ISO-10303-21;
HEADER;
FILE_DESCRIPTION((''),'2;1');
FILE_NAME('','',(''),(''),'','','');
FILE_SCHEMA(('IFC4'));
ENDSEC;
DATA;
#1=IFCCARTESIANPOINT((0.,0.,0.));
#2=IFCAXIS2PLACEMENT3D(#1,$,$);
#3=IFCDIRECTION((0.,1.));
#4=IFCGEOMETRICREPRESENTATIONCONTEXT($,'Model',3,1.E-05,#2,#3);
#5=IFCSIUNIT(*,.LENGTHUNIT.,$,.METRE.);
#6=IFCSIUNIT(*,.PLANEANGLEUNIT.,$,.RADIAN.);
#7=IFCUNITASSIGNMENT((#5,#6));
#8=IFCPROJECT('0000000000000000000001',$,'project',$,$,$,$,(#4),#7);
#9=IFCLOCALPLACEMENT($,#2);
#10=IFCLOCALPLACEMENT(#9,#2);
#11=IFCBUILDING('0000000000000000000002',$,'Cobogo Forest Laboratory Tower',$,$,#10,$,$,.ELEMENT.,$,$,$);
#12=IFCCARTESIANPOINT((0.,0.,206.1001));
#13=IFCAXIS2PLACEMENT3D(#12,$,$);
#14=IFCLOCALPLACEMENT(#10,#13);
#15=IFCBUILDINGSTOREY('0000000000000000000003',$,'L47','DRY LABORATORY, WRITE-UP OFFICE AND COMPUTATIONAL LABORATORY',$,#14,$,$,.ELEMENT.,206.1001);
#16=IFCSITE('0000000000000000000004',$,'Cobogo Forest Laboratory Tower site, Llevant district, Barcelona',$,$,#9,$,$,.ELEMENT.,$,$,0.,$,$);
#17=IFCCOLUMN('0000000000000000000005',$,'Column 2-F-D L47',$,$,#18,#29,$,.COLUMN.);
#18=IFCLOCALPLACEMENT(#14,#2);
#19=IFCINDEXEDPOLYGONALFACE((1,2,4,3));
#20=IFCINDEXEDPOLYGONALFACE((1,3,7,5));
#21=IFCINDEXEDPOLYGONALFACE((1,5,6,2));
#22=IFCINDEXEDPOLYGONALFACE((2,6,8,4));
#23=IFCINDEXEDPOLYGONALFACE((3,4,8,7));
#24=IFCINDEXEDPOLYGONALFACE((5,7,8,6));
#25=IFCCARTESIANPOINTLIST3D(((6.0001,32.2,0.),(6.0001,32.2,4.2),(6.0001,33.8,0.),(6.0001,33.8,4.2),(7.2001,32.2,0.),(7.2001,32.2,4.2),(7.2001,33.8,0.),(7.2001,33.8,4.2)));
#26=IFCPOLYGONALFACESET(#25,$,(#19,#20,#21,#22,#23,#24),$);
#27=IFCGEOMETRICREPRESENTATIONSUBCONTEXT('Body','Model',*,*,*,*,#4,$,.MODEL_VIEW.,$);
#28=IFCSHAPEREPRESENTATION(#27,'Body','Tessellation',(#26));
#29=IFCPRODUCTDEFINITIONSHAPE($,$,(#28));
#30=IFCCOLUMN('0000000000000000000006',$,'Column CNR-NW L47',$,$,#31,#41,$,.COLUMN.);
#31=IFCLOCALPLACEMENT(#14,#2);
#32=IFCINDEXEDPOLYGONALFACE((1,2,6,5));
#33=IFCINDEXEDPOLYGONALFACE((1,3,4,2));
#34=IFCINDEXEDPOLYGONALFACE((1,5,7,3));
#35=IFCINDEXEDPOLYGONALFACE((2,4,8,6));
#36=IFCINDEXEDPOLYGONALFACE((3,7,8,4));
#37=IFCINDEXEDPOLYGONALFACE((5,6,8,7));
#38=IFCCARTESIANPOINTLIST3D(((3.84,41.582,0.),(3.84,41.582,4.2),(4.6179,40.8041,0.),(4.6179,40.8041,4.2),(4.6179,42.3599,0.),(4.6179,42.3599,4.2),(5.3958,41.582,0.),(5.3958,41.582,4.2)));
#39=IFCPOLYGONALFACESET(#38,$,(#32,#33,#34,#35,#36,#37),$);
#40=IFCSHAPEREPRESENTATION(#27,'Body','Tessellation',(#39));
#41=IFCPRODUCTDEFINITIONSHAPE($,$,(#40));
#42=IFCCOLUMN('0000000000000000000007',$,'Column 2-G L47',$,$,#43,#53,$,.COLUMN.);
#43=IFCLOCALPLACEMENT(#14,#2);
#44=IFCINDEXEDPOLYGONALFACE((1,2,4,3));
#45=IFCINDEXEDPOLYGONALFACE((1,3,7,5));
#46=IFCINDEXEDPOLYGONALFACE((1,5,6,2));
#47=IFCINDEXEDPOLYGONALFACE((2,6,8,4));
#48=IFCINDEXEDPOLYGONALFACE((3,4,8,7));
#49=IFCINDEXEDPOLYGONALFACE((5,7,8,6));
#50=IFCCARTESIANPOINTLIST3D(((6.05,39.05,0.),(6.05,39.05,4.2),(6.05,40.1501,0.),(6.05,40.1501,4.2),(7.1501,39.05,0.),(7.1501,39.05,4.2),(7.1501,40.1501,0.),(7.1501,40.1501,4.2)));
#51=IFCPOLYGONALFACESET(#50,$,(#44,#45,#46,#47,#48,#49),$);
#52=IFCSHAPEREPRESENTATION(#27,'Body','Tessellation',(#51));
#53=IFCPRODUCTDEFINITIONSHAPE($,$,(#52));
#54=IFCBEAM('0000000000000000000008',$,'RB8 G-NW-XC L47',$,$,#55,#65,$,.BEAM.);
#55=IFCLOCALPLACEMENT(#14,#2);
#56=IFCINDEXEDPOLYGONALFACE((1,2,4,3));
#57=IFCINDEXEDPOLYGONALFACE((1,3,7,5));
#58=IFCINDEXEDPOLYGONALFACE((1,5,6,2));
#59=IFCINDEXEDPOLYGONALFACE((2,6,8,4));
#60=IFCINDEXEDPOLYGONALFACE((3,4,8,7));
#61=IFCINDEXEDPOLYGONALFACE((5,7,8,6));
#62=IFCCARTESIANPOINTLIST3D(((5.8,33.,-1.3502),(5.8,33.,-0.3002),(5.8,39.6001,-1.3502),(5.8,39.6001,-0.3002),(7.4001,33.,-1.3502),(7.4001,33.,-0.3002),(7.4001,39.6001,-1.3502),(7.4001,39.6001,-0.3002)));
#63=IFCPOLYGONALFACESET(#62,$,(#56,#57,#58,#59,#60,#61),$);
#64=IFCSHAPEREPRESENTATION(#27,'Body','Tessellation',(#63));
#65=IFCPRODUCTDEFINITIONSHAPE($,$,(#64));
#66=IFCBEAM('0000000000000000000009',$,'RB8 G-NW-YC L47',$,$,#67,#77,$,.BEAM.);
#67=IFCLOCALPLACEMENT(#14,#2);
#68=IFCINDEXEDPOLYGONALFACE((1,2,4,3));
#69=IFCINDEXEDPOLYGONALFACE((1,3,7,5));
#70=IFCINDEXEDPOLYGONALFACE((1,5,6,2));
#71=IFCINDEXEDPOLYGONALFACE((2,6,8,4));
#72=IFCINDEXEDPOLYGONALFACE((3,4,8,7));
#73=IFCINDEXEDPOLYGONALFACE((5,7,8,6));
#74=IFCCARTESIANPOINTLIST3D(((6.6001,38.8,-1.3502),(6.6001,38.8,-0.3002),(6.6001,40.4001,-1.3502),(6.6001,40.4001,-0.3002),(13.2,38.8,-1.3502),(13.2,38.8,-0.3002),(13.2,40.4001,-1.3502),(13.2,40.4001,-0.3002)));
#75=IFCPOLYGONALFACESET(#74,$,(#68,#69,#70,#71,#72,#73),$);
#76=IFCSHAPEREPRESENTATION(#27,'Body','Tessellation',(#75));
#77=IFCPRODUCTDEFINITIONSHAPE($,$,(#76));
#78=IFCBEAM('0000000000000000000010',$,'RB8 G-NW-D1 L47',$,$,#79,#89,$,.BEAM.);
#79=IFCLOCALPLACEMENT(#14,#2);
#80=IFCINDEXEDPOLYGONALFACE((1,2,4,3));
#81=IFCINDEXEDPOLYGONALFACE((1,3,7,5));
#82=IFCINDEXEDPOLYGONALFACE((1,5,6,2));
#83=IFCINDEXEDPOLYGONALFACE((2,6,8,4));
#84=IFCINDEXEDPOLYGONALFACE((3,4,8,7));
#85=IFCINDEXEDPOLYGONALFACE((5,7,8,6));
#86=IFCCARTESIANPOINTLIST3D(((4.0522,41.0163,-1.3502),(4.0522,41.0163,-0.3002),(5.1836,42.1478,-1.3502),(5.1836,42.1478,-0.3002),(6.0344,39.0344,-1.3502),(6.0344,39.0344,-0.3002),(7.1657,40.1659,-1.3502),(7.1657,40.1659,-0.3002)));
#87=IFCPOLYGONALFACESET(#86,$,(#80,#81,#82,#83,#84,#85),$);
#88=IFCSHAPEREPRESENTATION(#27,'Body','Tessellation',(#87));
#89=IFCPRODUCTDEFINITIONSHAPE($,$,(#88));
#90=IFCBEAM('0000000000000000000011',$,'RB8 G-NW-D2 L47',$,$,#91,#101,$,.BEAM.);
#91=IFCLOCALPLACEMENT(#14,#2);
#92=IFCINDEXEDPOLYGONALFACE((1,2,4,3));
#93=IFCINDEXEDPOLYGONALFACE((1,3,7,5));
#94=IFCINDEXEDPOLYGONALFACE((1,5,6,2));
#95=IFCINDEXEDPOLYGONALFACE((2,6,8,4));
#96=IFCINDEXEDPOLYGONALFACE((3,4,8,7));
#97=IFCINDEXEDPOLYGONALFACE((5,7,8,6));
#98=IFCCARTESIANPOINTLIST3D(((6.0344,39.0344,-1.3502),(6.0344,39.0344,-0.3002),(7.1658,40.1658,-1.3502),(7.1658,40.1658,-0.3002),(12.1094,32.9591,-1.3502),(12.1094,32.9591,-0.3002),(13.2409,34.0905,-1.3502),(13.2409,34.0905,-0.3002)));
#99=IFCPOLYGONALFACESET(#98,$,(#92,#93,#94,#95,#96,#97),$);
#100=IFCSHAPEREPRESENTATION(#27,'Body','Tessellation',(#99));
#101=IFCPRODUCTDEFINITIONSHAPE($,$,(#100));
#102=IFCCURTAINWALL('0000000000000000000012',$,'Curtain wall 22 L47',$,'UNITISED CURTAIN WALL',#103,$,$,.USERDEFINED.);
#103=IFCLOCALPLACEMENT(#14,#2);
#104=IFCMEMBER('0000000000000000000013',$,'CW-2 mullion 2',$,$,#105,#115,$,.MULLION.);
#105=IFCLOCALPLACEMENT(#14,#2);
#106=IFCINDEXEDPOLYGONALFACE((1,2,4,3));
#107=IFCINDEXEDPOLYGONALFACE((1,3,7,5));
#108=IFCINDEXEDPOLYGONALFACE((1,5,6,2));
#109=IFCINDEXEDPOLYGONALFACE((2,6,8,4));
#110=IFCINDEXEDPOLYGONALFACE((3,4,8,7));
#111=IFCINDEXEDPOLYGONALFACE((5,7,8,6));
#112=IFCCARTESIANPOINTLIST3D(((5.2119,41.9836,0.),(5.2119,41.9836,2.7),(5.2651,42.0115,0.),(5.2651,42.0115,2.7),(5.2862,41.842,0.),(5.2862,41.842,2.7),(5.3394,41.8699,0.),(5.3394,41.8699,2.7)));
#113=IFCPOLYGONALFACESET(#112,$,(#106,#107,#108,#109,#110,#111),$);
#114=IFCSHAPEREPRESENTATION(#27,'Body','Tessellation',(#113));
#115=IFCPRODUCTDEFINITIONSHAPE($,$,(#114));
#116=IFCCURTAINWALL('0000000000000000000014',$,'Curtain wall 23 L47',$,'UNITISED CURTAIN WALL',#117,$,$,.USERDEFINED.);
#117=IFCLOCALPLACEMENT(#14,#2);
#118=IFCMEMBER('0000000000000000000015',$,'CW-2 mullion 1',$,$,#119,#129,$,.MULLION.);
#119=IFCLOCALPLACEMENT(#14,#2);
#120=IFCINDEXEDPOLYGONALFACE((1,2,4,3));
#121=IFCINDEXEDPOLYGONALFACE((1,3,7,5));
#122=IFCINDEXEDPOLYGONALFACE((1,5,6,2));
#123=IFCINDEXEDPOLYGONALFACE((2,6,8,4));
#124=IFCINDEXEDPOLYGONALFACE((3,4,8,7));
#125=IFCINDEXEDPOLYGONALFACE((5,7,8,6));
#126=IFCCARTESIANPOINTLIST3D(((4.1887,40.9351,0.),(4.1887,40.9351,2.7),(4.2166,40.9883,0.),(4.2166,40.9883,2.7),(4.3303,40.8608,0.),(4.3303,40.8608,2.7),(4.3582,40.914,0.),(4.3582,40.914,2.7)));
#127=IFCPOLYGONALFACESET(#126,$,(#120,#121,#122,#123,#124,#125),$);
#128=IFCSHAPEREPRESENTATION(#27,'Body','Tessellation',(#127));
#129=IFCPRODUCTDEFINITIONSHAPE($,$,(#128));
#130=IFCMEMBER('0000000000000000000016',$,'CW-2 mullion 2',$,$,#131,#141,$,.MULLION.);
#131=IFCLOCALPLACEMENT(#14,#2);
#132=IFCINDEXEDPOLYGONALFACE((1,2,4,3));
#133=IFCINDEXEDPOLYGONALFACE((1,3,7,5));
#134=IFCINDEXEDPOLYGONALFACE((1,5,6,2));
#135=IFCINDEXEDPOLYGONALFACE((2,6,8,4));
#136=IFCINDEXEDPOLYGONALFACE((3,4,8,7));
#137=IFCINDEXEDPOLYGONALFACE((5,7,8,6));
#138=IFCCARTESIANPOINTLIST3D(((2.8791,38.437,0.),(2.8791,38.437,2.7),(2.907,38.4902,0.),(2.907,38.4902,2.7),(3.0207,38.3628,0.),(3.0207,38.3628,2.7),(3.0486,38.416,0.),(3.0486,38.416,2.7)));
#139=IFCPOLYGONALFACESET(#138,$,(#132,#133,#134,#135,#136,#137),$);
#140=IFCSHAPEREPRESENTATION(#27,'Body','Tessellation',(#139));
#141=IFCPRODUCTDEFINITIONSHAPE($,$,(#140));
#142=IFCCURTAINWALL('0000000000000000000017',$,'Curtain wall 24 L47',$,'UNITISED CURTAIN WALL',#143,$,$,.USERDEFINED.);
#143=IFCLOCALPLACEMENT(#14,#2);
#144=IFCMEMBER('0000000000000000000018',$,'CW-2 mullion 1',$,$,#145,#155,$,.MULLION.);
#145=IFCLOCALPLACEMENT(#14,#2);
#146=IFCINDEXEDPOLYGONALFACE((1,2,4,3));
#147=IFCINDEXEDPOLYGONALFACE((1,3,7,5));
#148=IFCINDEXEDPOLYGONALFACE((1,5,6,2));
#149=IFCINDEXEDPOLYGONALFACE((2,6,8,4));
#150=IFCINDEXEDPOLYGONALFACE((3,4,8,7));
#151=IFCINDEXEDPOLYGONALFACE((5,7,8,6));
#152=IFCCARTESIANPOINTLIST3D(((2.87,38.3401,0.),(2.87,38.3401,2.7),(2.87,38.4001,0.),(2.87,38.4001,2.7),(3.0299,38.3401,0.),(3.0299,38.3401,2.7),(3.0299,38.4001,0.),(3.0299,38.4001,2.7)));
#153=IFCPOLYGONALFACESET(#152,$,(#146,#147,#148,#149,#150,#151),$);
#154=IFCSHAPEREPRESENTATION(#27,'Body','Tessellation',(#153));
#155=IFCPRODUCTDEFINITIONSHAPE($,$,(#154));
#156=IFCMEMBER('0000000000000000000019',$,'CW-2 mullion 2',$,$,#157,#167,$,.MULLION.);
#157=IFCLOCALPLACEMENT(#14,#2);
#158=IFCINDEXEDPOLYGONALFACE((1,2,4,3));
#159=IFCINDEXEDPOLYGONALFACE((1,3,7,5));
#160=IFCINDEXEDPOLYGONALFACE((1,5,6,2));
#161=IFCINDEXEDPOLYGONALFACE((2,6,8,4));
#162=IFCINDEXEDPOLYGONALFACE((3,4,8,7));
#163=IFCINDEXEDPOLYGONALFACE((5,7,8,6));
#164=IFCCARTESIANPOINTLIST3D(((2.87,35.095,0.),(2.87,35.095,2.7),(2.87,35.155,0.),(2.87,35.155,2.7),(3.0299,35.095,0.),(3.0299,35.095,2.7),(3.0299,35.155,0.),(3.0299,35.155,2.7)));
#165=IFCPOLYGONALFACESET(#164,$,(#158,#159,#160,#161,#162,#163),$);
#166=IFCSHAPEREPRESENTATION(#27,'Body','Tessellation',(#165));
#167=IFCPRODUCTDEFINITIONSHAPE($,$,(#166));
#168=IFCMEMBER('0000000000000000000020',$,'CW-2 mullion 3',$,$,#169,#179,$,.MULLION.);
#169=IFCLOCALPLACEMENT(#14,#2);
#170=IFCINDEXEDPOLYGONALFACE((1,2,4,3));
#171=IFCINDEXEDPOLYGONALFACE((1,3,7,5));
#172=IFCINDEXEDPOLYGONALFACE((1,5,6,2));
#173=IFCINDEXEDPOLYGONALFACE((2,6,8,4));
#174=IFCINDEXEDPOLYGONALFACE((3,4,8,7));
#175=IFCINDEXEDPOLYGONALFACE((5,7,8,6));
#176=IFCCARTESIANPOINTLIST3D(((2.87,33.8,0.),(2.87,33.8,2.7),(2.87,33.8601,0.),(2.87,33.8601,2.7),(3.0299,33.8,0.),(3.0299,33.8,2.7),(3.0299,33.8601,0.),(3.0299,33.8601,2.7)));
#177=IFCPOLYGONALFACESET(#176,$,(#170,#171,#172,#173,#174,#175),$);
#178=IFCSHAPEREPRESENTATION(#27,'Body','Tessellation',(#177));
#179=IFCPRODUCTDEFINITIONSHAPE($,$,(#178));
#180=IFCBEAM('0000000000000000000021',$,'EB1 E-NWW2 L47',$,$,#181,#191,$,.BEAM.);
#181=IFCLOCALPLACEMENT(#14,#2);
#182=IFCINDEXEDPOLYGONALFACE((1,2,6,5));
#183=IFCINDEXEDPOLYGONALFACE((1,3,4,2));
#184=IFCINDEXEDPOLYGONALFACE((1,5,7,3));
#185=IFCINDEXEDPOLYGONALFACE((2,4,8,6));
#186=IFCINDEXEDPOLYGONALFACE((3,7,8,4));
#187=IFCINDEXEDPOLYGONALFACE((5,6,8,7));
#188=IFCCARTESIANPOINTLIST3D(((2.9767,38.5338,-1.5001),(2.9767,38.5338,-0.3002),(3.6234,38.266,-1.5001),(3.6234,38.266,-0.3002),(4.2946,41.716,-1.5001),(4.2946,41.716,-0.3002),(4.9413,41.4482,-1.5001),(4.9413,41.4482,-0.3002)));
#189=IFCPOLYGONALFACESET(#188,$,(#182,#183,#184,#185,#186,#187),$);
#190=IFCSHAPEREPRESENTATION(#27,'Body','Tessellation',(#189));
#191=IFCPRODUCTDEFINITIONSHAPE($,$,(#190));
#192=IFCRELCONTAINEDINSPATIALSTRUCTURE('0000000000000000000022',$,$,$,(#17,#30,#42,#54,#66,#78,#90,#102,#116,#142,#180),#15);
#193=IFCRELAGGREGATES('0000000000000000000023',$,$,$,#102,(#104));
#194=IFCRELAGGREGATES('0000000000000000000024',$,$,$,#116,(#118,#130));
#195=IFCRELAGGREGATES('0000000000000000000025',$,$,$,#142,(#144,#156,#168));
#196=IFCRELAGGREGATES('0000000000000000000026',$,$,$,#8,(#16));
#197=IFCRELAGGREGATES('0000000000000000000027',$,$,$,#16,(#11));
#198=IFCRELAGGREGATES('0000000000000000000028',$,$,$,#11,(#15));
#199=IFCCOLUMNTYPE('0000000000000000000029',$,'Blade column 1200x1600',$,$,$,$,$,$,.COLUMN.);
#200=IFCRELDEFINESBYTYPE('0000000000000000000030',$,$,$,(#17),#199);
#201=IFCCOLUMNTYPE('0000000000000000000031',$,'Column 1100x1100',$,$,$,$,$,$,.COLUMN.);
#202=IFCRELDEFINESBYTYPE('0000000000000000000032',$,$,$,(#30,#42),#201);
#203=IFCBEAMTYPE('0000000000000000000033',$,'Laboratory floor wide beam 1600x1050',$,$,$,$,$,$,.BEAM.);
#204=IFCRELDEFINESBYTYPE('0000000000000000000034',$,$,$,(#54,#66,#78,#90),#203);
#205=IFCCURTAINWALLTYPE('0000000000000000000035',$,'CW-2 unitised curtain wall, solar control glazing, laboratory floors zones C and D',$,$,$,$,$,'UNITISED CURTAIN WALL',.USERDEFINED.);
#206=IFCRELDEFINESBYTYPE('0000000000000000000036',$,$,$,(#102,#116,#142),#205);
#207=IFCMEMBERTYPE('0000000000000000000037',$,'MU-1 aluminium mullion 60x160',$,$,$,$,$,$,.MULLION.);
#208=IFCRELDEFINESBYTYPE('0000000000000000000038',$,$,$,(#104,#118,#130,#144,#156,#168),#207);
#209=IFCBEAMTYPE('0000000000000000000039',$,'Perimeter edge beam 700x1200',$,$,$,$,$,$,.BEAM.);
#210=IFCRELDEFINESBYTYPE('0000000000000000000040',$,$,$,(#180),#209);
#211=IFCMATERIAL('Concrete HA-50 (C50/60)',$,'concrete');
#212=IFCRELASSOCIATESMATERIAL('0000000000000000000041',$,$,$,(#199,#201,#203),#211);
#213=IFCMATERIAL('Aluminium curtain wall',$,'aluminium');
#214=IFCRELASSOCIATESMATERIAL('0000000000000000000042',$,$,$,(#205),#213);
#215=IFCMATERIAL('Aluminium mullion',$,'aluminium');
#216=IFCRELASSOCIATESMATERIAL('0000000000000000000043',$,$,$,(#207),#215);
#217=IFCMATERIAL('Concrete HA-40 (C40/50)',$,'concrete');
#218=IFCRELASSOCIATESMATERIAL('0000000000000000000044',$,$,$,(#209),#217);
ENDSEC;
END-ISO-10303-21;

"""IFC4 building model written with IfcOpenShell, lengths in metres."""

from ifc_helpers import new_model, si_unit, direction, frame, origin, origin_2d, place, context, subcontext, project, spatial, rectangle, extrude, material, material_profile, profile_set, type_object, element, aggregate, save


model = new_model("IFC4")

# Units and contexts
model_context = context("Model", 3, precision=1e-05, world=origin(), true_north=direction((0.0, 1.0)))
body_context = subcontext(model_context, "Body", "Model", "MODEL_VIEW")
ifc_project = project(units=[si_unit("LENGTHUNIT", "METRE"), si_unit("PLANEANGLEUNIT", "RADIAN")], contexts=[model_context])

# Site, building, storey
site_placement = place(None, origin())
site = spatial("IfcSite", under=ifc_project, at=site_placement, Name="Cobogo Forest Laboratory Tower site, Llevant district, Barcelona", CompositionType="ELEMENT", RefElevation=0.0)
building_placement = place(site_placement, origin())
building = spatial("IfcBuilding", under=site, at=building_placement, Name="Cobogo Forest Laboratory Tower", CompositionType="ELEMENT")
storey_placement = place(building_placement, frame((0.0, 0.0, 206.1001)))
storey = spatial("IfcBuildingStorey", under=building, at=storey_placement, Name="L47", Description="DRY LABORATORY, WRITE-UP OFFICE AND COMPUTATIONAL LABORATORY", CompositionType="ELEMENT", Elevation=206.1001)

# Columns
ifc_material_1 = material(Name="Concrete HA-50 (C50/60)", Category="concrete")
ifc_material_profile_1 = material_profile(ifc_material_1, rectangle(XDim=1.6001, YDim=1.2, at=origin_2d()), Name="RC 1200x1600")
ifc_profile_set_1 = profile_set([ifc_material_profile_1], Name="Concrete HA-50 (C50/60)")
column_type_1 = type_object("IfcColumnType", Name="Blade column 1200x1600", PredefinedType="COLUMN", material=ifc_profile_set_1)
column_placement = place(storey_placement, frame((6.6001, 33.0, 0.0), z_axis=(0.0, 0.0, 1.0), x_axis=(0.0, 1.0, 0.0)))
element("IfcColumn", 1, at=column_placement, inside=storey, type_object=column_type_1, Name="Column 2-F-D L47", PredefinedType="COLUMN", context=body_context, shape_type="SweptSolid", body=[
    extrude(rectangle(XDim=1.6001, YDim=1.2, at=origin_2d()), origin(), (0.0, 0.0, 1.0), 4.2),
])
ifc_material_profile_2 = material_profile(ifc_material_1, rectangle(XDim=1.1001, YDim=1.1001, at=origin_2d()), Name="RC 1100x1100")
ifc_profile_set_2 = profile_set([ifc_material_profile_2], Name="Concrete HA-50 (C50/60)")
column_type_2 = type_object("IfcColumnType", Name="Column 1100x1100", PredefinedType="COLUMN", material=ifc_profile_set_2)
for number, where, z_axis, x_axis, name in (
    (2, (4.6179, 41.582, 0.0), (0.0, 0.0, 1.0), (0.707107, 0.707107, 0.0), "Column CNR-NW L47"),
    (3, (6.6001, 39.6001, 0.0), (0.0, 0.0, 1.0), (1.0, 0.0, 0.0), "Column 2-G L47"),
):
    element("IfcColumn", number, at=place(storey_placement, frame(where, z_axis=z_axis, x_axis=x_axis)), inside=storey, type_object=column_type_2, Name=name, PredefinedType="COLUMN", context=body_context, shape_type="SweptSolid", body=[
        extrude(rectangle(XDim=1.1001, YDim=1.1001, at=origin_2d()), origin(), (0.0, 0.0, 1.0), 4.2),
    ])

# Beams
ifc_material_profile_3 = material_profile(ifc_material_1, rectangle(XDim=1.6001, YDim=1.05, at=origin_2d()), Name="RC 1600x1050")
ifc_profile_set_3 = profile_set([ifc_material_profile_3], Name="Concrete HA-50 (C50/60)")
beam_type_1 = type_object("IfcBeamType", Name="Laboratory floor wide beam 1600x1050", PredefinedType="BEAM", material=ifc_profile_set_3)
beam_1_placement = place(storey_placement, frame((6.6001, 39.6001, -0.8252), z_axis=(0.0, -1.0, 0.0), x_axis=(1.0, 0.0, 0.0)))
element("IfcBeam", 4, at=beam_1_placement, inside=storey, type_object=beam_type_1, Name="RB8 G-NW-XC L47", PredefinedType="BEAM", context=body_context, shape_type="SweptSolid", body=[
    extrude(rectangle(XDim=1.6001, YDim=1.05, at=origin_2d()), origin(), (0.0, 0.0, 1.0), 6.6001),
])
beam_2_placement = place(storey_placement, frame((6.6001, 39.6001, -0.8252), z_axis=(1.0, 0.0, 0.0), x_axis=(0.0, 1.0, 0.0)))
element("IfcBeam", 5, at=beam_2_placement, inside=storey, type_object=beam_type_1, Name="RB8 G-NW-YC L47", PredefinedType="BEAM", context=body_context, shape_type="SweptSolid", body=[
    extrude(rectangle(XDim=1.6001, YDim=1.05, at=origin_2d()), origin(), (0.0, 0.0, 1.0), 6.5999),
])
beam_3_placement = place(storey_placement, frame((4.6179, 41.582, -0.8252), z_axis=(0.70715, -0.707063, 0.0), x_axis=(0.707063, 0.70715, 0.0)))
element("IfcBeam", 6, at=beam_3_placement, inside=storey, type_object=beam_type_1, Name="RB8 G-NW-D1 L47", PredefinedType="BEAM", context=body_context, shape_type="SweptSolid", body=[
    extrude(rectangle(XDim=1.6001, YDim=1.05, at=origin_2d()), origin(), (0.0, 0.0, 1.0), 2.803),
])
beam_4_placement = place(storey_placement, frame((6.6001, 39.6001, -0.8252), z_axis=(0.707093, -0.707121, 0.0), x_axis=(0.707121, 0.707093, 0.0)))
element("IfcBeam", 7, at=beam_4_placement, inside=storey, type_object=beam_type_1, Name="RB8 G-NW-D2 L47", PredefinedType="BEAM", context=body_context, shape_type="SweptSolid", body=[
    extrude(rectangle(XDim=1.6001, YDim=1.05, at=origin_2d()), origin(), (0.0, 0.0, 1.0), 8.5916),
])

# Curtain wall, member
ifc_material_2 = material(Name="Aluminium curtain wall", Category="aluminium")
curtain_wall_type = type_object("IfcCurtainWallType", Name="CW-2 unitised curtain wall, solar control glazing, laboratory floors zones C and D", ElementType="UNITISED CURTAIN WALL", PredefinedType="USERDEFINED", material=ifc_material_2)
curtain_wall_1_placement = place(storey_placement, origin())
curtain_wall_1 = element("IfcCurtainWall", 8, at=curtain_wall_1_placement, inside=storey, type_object=curtain_wall_type, Name="Curtain wall 22 L47", ObjectType="UNITISED CURTAIN WALL", PredefinedType="USERDEFINED")
ifc_material_3 = material(Name="Aluminium mullion", Category="aluminium")
ifc_material_profile_4 = material_profile(ifc_material_3, rectangle(XDim=0.0601, YDim=0.1599, at=origin_2d()), Name="AL 60x160")
ifc_profile_set_4 = profile_set([ifc_material_profile_4], Name="Aluminium mullion")
member_type_1 = type_object("IfcMemberType", Name="MU-1 aluminium mullion 60x160", PredefinedType="MULLION", material=ifc_profile_set_4)
member_1_placement = place(storey_placement, frame((5.2756, 41.9268, 0.0), z_axis=(0.0, 0.0, 1.0), x_axis=(-0.885686, -0.464284, 0.0)))
member_1 = element("IfcMember", 9, at=member_1_placement, type_object=member_type_1, Name="CW-2 mullion 2", PredefinedType="MULLION", context=body_context, shape_type="SweptSolid", body=[
    extrude(rectangle(XDim=0.0601, YDim=0.1599, at=origin_2d()), origin(), (0.0, 0.0, 1.0), 2.7),
])

# Curtain walls, members
curtain_wall_2_placement = place(storey_placement, origin())
curtain_wall_2 = element("IfcCurtainWall", 10, at=curtain_wall_2_placement, inside=storey, type_object=curtain_wall_type, Name="Curtain wall 23 L47", ObjectType="UNITISED CURTAIN WALL", PredefinedType="USERDEFINED")
member_2_placement = place(storey_placement, frame((4.2734, 40.9246, 0.0), z_axis=(0.0, 0.0, 1.0), x_axis=(-0.464284, -0.885686, 0.0)))
member_2 = element("IfcMember", 11, at=member_2_placement, type_object=member_type_1, Name="CW-2 mullion 1", PredefinedType="MULLION", context=body_context, shape_type="SweptSolid", body=[
    extrude(rectangle(XDim=0.0601, YDim=0.1599, at=origin_2d()), origin(), (0.0, 0.0, 1.0), 2.7),
])
member_3_placement = place(storey_placement, frame((2.9639, 38.4265, 0.0), z_axis=(0.0, 0.0, 1.0), x_axis=(-0.464284, -0.885686, 0.0)))
member_3 = element("IfcMember", 12, at=member_3_placement, type_object=member_type_1, Name="CW-2 mullion 2", PredefinedType="MULLION", context=body_context, shape_type="SweptSolid", body=[
    extrude(rectangle(XDim=0.0601, YDim=0.1599, at=origin_2d()), origin(), (0.0, 0.0, 1.0), 2.7),
])
curtain_wall_3_placement = place(storey_placement, origin())
curtain_wall_3 = element("IfcCurtainWall", 13, at=curtain_wall_3_placement, inside=storey, type_object=curtain_wall_type, Name="Curtain wall 24 L47", ObjectType="UNITISED CURTAIN WALL", PredefinedType="USERDEFINED")
member_4_placement = place(storey_placement, frame((2.95, 38.3701, 0.0), z_axis=(0.0, 0.0, 1.0), x_axis=(0.0, -1.0, 0.0)))
member_4 = element("IfcMember", 14, at=member_4_placement, type_object=member_type_1, Name="CW-2 mullion 1", PredefinedType="MULLION", context=body_context, shape_type="SweptSolid", body=[
    extrude(rectangle(XDim=0.0601, YDim=0.1599, at=origin_2d()), origin(), (0.0, 0.0, 1.0), 2.7),
])
member_5_placement = place(storey_placement, frame((2.95, 35.125, 0.0), z_axis=(0.0, 0.0, 1.0), x_axis=(0.0, -1.0, 0.0)))
member_5 = element("IfcMember", 15, at=member_5_placement, type_object=member_type_1, Name="CW-2 mullion 2", PredefinedType="MULLION", context=body_context, shape_type="SweptSolid", body=[
    extrude(rectangle(XDim=0.0601, YDim=0.1599, at=origin_2d()), origin(), (0.0, 0.0, 1.0), 2.7),
])
member_6_placement = place(storey_placement, frame((2.95, 33.8301, 0.0), z_axis=(0.0, 0.0, 1.0), x_axis=(0.0, -1.0, 0.0)))
member_6 = element("IfcMember", 16, at=member_6_placement, type_object=member_type_1, Name="CW-2 mullion 3", PredefinedType="MULLION", context=body_context, shape_type="SweptSolid", body=[
    extrude(rectangle(XDim=0.0601, YDim=0.1599, at=origin_2d()), origin(), (0.0, 0.0, 1.0), 2.7),
])

# Beam
ifc_material_4 = material(Name="Concrete HA-40 (C40/50)", Category="concrete")
ifc_material_profile_5 = material_profile(ifc_material_4, rectangle(XDim=0.7, YDim=1.2, at=origin_2d()), Name="RC 700x1200")
ifc_profile_set_5 = profile_set([ifc_material_profile_5], Name="Concrete HA-40 (C40/50)")
beam_type_2 = type_object("IfcBeamType", Name="Perimeter edge beam 700x1200", PredefinedType="BEAM", material=ifc_profile_set_5)
beam_5_placement = place(storey_placement, frame((3.3, 38.3999, -0.9001), z_axis=(0.382631, 0.923901, 0.0), x_axis=(-0.923901, 0.382631, 0.0)))
element("IfcBeam", 17, at=beam_5_placement, inside=storey, type_object=beam_type_2, Name="EB1 E-NWW2 L47", PredefinedType="BEAM", context=body_context, shape_type="SweptSolid", body=[
    extrude(rectangle(XDim=0.7, YDim=1.2, at=origin_2d()), origin(), (0.0, 0.0, 1.0), 3.4443),
])

aggregate(curtain_wall_1, [member_1])
aggregate(curtain_wall_2, [member_2, member_3])
aggregate(curtain_wall_3, [member_4, member_5, member_6])

save(model, "model.ifc")
